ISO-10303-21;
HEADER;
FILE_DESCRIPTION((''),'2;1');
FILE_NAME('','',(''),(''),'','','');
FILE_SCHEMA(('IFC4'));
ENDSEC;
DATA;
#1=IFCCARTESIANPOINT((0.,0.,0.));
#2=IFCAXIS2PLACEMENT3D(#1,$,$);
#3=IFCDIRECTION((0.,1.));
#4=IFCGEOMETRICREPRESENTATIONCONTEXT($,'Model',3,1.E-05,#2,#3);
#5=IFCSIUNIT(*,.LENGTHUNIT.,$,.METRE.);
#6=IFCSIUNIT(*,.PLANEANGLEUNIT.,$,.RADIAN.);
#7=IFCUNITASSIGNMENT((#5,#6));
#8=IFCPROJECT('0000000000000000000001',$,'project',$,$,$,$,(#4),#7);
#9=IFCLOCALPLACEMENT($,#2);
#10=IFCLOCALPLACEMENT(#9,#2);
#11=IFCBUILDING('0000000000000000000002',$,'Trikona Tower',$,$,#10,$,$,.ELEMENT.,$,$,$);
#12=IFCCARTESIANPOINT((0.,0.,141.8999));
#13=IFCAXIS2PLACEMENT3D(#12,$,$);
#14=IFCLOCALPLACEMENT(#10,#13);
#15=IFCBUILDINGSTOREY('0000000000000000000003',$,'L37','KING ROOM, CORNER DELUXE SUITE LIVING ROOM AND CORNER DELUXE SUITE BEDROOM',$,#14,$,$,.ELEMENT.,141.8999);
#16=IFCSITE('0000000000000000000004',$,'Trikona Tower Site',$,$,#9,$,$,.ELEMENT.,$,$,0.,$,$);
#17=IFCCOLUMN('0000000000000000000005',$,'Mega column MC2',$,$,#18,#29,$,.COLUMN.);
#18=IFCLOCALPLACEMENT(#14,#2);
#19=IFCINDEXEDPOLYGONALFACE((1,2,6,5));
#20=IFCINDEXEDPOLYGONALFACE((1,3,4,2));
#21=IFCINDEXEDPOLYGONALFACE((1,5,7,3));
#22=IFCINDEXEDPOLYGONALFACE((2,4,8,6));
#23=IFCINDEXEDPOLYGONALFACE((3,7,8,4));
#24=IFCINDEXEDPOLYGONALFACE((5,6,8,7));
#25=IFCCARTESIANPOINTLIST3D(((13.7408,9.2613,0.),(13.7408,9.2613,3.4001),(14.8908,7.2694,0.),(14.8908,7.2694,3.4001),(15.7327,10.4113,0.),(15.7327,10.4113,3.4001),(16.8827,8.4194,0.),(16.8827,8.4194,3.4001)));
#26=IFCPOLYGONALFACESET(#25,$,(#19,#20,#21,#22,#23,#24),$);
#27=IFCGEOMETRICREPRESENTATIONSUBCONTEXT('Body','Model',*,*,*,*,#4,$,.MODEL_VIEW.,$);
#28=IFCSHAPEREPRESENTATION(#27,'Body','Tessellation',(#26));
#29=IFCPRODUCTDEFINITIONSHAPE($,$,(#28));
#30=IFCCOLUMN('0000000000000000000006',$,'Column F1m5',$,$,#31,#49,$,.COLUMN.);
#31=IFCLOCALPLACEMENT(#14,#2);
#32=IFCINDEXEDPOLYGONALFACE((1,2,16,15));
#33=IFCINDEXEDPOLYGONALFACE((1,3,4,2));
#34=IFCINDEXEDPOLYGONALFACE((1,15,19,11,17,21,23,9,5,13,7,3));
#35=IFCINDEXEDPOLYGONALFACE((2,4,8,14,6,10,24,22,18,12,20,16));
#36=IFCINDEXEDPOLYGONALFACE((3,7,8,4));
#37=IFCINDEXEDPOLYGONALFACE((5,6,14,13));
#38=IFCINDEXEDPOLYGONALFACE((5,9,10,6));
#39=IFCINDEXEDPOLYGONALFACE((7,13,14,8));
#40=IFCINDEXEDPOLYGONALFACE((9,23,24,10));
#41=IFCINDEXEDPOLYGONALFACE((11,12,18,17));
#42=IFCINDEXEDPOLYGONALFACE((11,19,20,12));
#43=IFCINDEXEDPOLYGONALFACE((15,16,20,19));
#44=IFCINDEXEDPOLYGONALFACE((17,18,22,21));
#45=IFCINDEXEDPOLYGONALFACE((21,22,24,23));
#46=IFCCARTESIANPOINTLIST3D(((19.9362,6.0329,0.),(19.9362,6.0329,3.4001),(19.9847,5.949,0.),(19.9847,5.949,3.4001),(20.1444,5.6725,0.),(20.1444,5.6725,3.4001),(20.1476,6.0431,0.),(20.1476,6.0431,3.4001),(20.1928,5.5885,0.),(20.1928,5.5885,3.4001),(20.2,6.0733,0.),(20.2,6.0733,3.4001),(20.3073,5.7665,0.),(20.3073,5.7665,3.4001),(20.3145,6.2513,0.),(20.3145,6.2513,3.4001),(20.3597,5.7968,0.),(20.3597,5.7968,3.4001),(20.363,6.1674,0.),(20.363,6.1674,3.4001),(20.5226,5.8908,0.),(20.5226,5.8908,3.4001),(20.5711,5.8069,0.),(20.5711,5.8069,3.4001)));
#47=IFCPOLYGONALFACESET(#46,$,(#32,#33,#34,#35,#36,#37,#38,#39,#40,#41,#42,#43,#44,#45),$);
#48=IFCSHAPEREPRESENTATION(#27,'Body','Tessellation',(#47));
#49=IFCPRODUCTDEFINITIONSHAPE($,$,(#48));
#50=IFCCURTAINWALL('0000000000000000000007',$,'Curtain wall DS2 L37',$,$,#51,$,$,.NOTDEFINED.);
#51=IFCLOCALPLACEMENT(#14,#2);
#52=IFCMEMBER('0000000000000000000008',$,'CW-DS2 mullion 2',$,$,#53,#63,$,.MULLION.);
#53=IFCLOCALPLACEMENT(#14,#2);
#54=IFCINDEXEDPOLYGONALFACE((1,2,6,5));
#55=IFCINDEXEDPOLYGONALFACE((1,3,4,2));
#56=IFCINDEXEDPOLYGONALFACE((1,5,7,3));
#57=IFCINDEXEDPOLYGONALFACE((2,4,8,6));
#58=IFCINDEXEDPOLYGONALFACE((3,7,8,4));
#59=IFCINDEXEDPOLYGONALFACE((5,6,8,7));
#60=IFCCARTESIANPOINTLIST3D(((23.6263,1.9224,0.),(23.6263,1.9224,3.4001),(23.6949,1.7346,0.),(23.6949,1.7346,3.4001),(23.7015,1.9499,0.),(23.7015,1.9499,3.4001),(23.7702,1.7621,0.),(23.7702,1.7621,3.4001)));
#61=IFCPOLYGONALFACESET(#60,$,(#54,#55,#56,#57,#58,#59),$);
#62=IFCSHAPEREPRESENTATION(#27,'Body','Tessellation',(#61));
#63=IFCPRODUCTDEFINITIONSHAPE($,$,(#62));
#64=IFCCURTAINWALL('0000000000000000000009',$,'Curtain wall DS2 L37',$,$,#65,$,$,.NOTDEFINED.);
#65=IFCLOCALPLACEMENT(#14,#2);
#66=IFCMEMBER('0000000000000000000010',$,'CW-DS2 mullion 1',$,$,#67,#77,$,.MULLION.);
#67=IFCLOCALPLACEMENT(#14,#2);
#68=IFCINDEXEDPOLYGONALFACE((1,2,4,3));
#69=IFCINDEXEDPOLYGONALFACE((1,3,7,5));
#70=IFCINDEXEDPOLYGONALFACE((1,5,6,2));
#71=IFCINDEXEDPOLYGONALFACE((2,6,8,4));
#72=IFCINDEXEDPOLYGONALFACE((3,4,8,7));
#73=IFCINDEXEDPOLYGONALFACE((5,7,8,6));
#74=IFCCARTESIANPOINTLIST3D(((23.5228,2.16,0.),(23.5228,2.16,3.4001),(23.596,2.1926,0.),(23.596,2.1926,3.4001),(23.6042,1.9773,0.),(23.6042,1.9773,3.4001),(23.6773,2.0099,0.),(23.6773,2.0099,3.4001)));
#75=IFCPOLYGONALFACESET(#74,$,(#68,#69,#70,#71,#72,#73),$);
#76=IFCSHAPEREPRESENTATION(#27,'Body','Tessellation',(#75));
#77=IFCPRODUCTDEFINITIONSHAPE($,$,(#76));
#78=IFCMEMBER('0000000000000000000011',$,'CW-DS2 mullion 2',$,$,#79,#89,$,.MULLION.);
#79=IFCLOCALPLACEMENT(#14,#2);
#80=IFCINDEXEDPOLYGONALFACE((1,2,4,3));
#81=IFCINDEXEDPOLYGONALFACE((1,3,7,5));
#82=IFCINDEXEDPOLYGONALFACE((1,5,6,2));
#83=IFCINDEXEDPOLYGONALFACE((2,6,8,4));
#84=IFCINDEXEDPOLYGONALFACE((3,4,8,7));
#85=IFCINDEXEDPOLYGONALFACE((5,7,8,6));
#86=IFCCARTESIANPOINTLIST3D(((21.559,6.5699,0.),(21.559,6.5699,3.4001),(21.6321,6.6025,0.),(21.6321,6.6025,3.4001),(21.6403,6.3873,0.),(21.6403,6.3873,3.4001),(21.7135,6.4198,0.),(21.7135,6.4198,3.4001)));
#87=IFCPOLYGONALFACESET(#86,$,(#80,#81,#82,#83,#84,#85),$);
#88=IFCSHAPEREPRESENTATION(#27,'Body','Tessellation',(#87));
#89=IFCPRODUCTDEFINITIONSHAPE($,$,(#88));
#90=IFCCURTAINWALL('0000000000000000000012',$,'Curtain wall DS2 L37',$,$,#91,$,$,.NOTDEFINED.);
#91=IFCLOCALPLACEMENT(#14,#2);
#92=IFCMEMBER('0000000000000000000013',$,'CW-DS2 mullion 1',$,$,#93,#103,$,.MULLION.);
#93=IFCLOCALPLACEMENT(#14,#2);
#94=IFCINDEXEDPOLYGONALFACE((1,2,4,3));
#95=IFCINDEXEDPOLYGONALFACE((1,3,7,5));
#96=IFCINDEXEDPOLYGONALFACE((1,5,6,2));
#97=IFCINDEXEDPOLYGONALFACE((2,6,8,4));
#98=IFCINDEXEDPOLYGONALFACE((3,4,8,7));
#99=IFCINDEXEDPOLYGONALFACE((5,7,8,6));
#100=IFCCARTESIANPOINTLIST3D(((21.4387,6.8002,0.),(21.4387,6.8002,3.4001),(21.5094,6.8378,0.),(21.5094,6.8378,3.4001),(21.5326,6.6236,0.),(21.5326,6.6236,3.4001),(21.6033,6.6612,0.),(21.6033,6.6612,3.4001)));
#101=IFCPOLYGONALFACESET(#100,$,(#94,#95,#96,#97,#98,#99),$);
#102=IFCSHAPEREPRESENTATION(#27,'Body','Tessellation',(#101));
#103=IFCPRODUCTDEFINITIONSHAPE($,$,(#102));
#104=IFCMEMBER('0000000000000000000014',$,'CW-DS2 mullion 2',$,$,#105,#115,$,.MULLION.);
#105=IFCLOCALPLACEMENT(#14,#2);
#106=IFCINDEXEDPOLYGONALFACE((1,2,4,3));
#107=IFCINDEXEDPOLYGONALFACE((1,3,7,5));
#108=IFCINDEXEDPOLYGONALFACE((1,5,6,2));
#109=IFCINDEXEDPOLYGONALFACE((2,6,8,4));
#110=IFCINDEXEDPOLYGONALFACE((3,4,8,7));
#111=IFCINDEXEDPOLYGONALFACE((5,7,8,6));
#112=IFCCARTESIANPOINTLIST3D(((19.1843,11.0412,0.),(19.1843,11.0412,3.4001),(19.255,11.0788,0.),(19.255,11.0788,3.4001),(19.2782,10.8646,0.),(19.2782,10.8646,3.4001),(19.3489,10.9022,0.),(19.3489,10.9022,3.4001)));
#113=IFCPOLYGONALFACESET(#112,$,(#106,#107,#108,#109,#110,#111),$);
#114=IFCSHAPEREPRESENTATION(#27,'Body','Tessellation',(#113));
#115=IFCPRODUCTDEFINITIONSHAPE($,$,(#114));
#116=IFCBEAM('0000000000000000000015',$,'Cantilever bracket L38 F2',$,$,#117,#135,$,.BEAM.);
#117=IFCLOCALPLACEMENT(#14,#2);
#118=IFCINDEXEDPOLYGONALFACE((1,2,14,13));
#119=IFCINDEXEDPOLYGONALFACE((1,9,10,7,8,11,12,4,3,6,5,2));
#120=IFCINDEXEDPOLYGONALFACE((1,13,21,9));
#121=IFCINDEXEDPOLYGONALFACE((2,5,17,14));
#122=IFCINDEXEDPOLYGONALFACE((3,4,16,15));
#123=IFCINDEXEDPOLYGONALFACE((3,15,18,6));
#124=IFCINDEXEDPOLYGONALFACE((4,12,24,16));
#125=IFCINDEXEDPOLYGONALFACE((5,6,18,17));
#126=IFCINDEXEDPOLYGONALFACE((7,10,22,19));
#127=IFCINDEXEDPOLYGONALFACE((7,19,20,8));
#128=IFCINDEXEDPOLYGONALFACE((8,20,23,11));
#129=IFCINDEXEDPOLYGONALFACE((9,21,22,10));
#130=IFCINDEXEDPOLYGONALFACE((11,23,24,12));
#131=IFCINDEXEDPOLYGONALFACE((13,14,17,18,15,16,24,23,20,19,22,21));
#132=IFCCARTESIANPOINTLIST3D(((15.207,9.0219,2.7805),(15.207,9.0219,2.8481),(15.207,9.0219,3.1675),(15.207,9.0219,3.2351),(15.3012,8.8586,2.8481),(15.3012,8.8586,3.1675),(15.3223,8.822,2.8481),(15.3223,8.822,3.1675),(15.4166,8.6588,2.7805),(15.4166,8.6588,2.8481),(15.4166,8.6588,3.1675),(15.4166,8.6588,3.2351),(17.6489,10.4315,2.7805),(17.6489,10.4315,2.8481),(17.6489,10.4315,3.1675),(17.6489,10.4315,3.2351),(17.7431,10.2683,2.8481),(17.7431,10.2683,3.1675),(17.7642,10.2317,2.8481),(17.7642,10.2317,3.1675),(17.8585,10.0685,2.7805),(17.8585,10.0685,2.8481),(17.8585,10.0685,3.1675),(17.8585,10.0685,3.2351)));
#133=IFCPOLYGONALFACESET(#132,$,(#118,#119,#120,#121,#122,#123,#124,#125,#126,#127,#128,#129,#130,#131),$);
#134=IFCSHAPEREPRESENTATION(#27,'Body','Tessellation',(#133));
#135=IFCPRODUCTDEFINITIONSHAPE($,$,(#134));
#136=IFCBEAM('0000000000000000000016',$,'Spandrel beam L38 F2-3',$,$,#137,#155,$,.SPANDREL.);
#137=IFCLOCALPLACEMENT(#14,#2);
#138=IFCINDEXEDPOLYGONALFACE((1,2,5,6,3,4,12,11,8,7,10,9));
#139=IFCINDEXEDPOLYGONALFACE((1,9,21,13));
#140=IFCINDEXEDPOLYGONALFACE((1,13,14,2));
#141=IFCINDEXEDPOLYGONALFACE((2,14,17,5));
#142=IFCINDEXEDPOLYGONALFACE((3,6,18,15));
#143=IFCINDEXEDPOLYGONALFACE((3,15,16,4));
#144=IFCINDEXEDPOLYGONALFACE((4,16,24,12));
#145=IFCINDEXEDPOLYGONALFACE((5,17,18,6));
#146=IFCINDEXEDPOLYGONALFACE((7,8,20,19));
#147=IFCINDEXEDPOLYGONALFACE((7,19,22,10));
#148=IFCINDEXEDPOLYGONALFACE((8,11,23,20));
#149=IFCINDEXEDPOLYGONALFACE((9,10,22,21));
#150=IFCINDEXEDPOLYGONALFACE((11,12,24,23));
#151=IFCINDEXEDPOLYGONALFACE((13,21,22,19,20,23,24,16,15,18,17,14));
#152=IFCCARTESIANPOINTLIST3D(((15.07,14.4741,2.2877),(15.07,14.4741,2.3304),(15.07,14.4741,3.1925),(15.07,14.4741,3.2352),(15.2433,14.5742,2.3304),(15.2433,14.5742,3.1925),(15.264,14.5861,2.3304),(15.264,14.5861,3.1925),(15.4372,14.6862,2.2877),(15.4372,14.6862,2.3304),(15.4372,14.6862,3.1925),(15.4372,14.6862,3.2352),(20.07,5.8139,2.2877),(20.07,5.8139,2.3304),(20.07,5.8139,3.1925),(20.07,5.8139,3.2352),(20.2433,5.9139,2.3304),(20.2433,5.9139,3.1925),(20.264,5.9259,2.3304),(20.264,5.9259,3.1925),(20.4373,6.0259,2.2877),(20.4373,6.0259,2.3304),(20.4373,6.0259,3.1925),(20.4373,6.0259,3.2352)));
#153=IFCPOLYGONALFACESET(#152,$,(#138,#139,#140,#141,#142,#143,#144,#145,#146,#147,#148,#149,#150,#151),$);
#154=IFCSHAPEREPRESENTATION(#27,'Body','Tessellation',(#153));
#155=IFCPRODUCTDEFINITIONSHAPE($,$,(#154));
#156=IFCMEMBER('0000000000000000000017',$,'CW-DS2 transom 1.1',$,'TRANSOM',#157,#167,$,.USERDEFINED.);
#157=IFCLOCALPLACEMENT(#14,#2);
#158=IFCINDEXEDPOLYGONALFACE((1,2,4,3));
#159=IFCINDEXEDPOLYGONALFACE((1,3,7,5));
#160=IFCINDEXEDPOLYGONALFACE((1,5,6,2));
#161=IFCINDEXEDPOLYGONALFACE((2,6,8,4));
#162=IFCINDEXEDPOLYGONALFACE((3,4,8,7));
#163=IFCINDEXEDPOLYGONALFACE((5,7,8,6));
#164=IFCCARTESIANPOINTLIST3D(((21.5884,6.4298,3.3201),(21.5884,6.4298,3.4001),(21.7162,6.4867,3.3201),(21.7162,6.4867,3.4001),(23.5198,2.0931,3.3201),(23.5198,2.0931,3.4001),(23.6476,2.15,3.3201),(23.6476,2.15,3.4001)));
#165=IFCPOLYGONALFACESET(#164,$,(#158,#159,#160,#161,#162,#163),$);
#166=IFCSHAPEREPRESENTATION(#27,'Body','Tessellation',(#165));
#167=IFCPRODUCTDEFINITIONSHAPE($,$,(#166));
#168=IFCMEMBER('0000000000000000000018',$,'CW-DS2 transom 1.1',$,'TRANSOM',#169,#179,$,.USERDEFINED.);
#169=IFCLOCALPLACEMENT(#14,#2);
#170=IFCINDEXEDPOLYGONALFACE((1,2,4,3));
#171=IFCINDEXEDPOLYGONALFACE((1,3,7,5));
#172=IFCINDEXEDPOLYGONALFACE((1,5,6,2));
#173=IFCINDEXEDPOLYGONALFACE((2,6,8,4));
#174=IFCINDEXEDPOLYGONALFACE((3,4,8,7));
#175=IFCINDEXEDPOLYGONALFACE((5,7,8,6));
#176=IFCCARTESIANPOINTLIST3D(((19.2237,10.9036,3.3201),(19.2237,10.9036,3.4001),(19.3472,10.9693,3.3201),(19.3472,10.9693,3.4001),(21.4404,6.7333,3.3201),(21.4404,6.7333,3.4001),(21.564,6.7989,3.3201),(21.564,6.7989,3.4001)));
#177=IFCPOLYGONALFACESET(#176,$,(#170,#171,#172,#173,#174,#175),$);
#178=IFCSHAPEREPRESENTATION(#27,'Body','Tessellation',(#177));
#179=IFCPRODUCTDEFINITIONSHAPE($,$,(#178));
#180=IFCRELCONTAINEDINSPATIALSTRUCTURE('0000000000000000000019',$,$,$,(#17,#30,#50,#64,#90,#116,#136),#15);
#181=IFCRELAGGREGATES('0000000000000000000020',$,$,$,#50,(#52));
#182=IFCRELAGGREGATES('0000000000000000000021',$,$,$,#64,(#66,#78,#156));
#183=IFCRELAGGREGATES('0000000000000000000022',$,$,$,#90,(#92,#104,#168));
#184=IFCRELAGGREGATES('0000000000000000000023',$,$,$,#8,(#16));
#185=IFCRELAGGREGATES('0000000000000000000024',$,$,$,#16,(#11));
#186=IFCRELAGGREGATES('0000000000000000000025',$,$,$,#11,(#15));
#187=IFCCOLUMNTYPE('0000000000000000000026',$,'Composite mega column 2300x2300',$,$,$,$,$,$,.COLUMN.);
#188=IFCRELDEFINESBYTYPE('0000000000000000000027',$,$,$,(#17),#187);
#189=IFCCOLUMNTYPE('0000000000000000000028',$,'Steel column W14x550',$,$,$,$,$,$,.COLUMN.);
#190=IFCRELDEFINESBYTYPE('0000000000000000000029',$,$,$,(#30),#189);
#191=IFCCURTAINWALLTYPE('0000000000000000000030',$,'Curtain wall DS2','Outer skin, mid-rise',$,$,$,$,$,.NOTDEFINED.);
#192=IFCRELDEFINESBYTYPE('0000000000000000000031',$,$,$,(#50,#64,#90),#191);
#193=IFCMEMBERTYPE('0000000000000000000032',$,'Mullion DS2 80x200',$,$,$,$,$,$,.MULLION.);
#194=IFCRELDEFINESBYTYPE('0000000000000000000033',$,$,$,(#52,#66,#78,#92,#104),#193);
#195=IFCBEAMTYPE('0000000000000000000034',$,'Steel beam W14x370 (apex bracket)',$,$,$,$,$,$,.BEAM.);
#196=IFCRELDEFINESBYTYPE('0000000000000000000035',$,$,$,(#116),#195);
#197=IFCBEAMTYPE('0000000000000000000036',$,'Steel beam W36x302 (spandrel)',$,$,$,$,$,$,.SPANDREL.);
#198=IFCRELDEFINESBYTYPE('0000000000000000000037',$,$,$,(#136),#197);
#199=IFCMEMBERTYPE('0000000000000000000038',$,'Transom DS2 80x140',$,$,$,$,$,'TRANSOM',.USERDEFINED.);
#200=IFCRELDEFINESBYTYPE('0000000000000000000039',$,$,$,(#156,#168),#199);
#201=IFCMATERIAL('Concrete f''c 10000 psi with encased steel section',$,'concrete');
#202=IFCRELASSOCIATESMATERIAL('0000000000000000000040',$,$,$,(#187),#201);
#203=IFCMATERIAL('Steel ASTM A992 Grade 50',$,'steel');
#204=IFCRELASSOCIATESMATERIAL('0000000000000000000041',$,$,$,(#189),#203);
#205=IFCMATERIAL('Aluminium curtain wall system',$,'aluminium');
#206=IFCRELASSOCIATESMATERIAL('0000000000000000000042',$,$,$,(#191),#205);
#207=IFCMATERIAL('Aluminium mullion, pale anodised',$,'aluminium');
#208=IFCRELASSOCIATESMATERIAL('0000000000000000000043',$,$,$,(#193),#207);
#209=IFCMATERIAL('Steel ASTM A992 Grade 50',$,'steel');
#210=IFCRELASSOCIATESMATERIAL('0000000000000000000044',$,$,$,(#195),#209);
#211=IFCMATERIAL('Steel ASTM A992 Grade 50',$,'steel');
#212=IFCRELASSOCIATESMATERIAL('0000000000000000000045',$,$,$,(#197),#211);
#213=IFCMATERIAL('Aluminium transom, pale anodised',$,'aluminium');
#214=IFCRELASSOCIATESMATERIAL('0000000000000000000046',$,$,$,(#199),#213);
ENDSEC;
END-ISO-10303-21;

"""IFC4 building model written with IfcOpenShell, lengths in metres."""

from ifc_helpers import new_model, si_unit, direction, frame, origin, origin_2d, place, context, subcontext, project, spatial, rectangle, i_section, extrude, material, material_profile, profile_set, type_object, element, aggregate, save


model = new_model("IFC4")

# Units and contexts
model_context = context("Model", 3, precision=1e-05, world=origin(), true_north=direction((0.0, 1.0)))
body_context = subcontext(model_context, "Body", "Model", "MODEL_VIEW")
ifc_project = project(units=[si_unit("LENGTHUNIT", "METRE"), si_unit("PLANEANGLEUNIT", "RADIAN")], contexts=[model_context])

# Site, building, storey
site_placement = place(None, origin())
site = spatial("IfcSite", under=ifc_project, at=site_placement, Name="Trikona Tower Site", CompositionType="ELEMENT", RefElevation=0.0)
building_placement = place(site_placement, origin())
building = spatial("IfcBuilding", under=site, at=building_placement, Name="Trikona Tower", CompositionType="ELEMENT")
storey_placement = place(building_placement, frame((0.0, 0.0, 141.8999)))
storey = spatial("IfcBuildingStorey", under=building, at=storey_placement, Name="L37", Description="KING ROOM, CORNER DELUXE SUITE LIVING ROOM AND CORNER DELUXE SUITE BEDROOM", CompositionType="ELEMENT", Elevation=141.8999)

# Columns
ifc_material_1 = material(Name="Concrete f'c 10000 psi with encased steel section", Category="concrete")
ifc_material_profile_1 = material_profile(ifc_material_1, rectangle(XDim=2.3, YDim=2.3, at=origin_2d()), Name="MC2300")
ifc_profile_set_1 = profile_set([ifc_material_profile_1], Name="Concrete f'c 10000 psi with encased steel section")
column_type_1 = type_object("IfcColumnType", Name="Composite mega column 2300x2300", PredefinedType="COLUMN", material=ifc_profile_set_1)
column_1_placement = place(storey_placement, frame((15.3118, 8.8403, 0.0), z_axis=(0.0, 0.0, 1.0), x_axis=(0.866025, 0.5, 0.0)))
element("IfcColumn", 1, at=column_1_placement, inside=storey, type_object=column_type_1, Name="Mega column MC2", PredefinedType="COLUMN", context=body_context, shape_type="SweptSolid", body=[
    extrude(rectangle(XDim=2.3, YDim=2.3, at=origin_2d()), origin(), (0.0, 0.0, 1.0), 3.4001),
])
ifc_material_2 = material(Name="Steel ASTM A992 Grade 50", Category="steel")
ifc_material_profile_2 = material_profile(ifc_material_2, i_section(OverallWidth=0.4368, OverallDepth=0.5132, WebThickness=0.0605, FlangeThickness=0.0969, at=origin_2d()), Name="W14X550")
ifc_profile_set_2 = profile_set([ifc_material_profile_2], Name="Steel ASTM A992 Grade 50")
column_type_2 = type_object("IfcColumnType", Name="Steel column W14x550", PredefinedType="COLUMN", material=ifc_profile_set_2)
column_2_placement = place(storey_placement, frame((20.2537, 5.9199, 0.0), z_axis=(0.0, 0.0, 1.0), x_axis=(0.866025, 0.5, 0.0)))
element("IfcColumn", 2, at=column_2_placement, inside=storey, type_object=column_type_2, Name="Column F1m5", PredefinedType="COLUMN", context=body_context, shape_type="SweptSolid", body=[
    extrude(i_section(OverallWidth=0.4368, OverallDepth=0.5132, WebThickness=0.0605, FlangeThickness=0.0969, at=origin_2d()), origin(), (0.0, 0.0, 1.0), 3.4001),
])

# Curtain wall, member
ifc_material_3 = material(Name="Aluminium curtain wall system", Category="aluminium")
curtain_wall_type = type_object("IfcCurtainWallType", Name="Curtain wall DS2", Description="Outer skin, mid-rise", PredefinedType="NOTDEFINED", material=ifc_material_3)
curtain_wall_1_placement = place(storey_placement, origin())
curtain_wall_1 = element("IfcCurtainWall", 3, at=curtain_wall_1_placement, inside=storey, type_object=curtain_wall_type, Name="Curtain wall DS2 L37", PredefinedType="NOTDEFINED")
ifc_material_4 = material(Name="Aluminium mullion, pale anodised", Category="aluminium")
ifc_material_profile_3 = material_profile(ifc_material_4, rectangle(XDim=0.0801, YDim=0.2, at=origin_2d()), Name="MUL-DS2")
ifc_profile_set_3 = profile_set([ifc_material_profile_3], Name="Aluminium mullion, pale anodised")
member_type_1 = type_object("IfcMemberType", Name="Mullion DS2 80x200", PredefinedType="MULLION", material=ifc_profile_set_3)
member_1_placement = place(storey_placement, frame((23.6982, 1.8423, 0.0), z_axis=(0.0, 0.0, 1.0), x_axis=(-0.939254, -0.343223, 0.0)))
member_1 = element("IfcMember", 4, at=member_1_placement, type_object=member_type_1, Name="CW-DS2 mullion 2", PredefinedType="MULLION", context=body_context, shape_type="SweptSolid", body=[
    extrude(rectangle(XDim=0.0801, YDim=0.2, at=origin_2d()), origin(), (0.0, 0.0, 1.0), 3.4001),
])
aggregate(curtain_wall_1, [member_1])

# Curtain walls, members
curtain_wall_2_placement = place(storey_placement, origin())
curtain_wall_2 = element("IfcCurtainWall", 5, at=curtain_wall_2_placement, inside=storey, type_object=curtain_wall_type, Name="Curtain wall DS2 L37", PredefinedType="NOTDEFINED")
member_2_placement = place(storey_placement, frame((23.6001, 2.085, 0.0), z_axis=(0.0, 0.0, 1.0), x_axis=(-0.913501, -0.406836, 0.0)))
member_2 = element("IfcMember", 6, at=member_2_placement, type_object=member_type_1, Name="CW-DS2 mullion 1", PredefinedType="MULLION", context=body_context, shape_type="SweptSolid", body=[
    extrude(rectangle(XDim=0.0801, YDim=0.2, at=origin_2d()), origin(), (0.0, 0.0, 1.0), 3.4001),
])
member_3_placement = place(storey_placement, frame((21.6362, 6.4949, 0.0), z_axis=(0.0, 0.0, 1.0), x_axis=(-0.913501, -0.406836, 0.0)))
member_3 = element("IfcMember", 7, at=member_3_placement, type_object=member_type_1, Name="CW-DS2 mullion 2", PredefinedType="MULLION", context=body_context, shape_type="SweptSolid", body=[
    extrude(rectangle(XDim=0.0801, YDim=0.2, at=origin_2d()), origin(), (0.0, 0.0, 1.0), 3.4001),
])
curtain_wall_3_placement = place(storey_placement, origin())
curtain_wall_3 = element("IfcCurtainWall", 8, at=curtain_wall_3_placement, inside=storey, type_object=curtain_wall_type, Name="Curtain wall DS2 L37", PredefinedType="NOTDEFINED")
member_4_placement = place(storey_placement, frame((21.521, 6.7307, 0.0), z_axis=(0.0, 0.0, 1.0), x_axis=(-0.882996, -0.46938, 0.0)))
member_4 = element("IfcMember", 9, at=member_4_placement, type_object=member_type_1, Name="CW-DS2 mullion 1", PredefinedType="MULLION", context=body_context, shape_type="SweptSolid", body=[
    extrude(rectangle(XDim=0.0801, YDim=0.2, at=origin_2d()), origin(), (0.0, 0.0, 1.0), 3.4001),
])
member_5_placement = place(storey_placement, frame((19.2666, 10.9717, 0.0), z_axis=(0.0, 0.0, 1.0), x_axis=(-0.882996, -0.46938, 0.0)))
member_5 = element("IfcMember", 10, at=member_5_placement, type_object=member_type_1, Name="CW-DS2 mullion 2", PredefinedType="MULLION", context=body_context, shape_type="SweptSolid", body=[
    extrude(rectangle(XDim=0.0801, YDim=0.2, at=origin_2d()), origin(), (0.0, 0.0, 1.0), 3.4001),
])

# Beams
ifc_material_5 = material(Name="Steel ASTM A992 Grade 50", Category="steel")
ifc_material_profile_4 = material_profile(ifc_material_5, i_section(OverallWidth=0.4192, OverallDepth=0.4546, WebThickness=0.0422, FlangeThickness=0.0676, at=origin_2d()), Name="W14X370")
ifc_profile_set_4 = profile_set([ifc_material_profile_4], Name="Steel ASTM A992 Grade 50")
beam_type_1 = type_object("IfcBeamType", Name="Steel beam W14x370 (apex bracket)", PredefinedType="BEAM", material=ifc_profile_set_4)
beam_1_placement = place(storey_placement, frame((15.3118, 8.8403, 3.0078), z_axis=(0.86605, 0.499957, 0.0), x_axis=(-0.499957, 0.86605, 0.0)))
element("IfcBeam", 11, at=beam_1_placement, inside=storey, type_object=beam_type_1, Name="Cantilever bracket L38 F2", PredefinedType="BEAM", context=body_context, shape_type="SweptSolid", body=[
    extrude(i_section(OverallWidth=0.4192, OverallDepth=0.4546, WebThickness=0.0422, FlangeThickness=0.0676, at=origin_2d()), origin(), (0.0, 0.0, 1.0), 2.8196),
])
ifc_material_6 = material(Name="Steel ASTM A992 Grade 50", Category="steel")
ifc_material_profile_5 = material_profile(ifc_material_6, i_section(OverallWidth=0.4241, OverallDepth=0.9475, WebThickness=0.0239, FlangeThickness=0.0427, at=origin_2d()), Name="W36X302")
ifc_profile_set_5 = profile_set([ifc_material_profile_5], Name="Steel ASTM A992 Grade 50")
beam_type_2 = type_object("IfcBeamType", Name="Steel beam W36x302 (spandrel)", PredefinedType="SPANDREL", material=ifc_profile_set_5)
beam_2_placement = place(storey_placement, frame((20.2537, 5.9199, 2.7615), z_axis=(-0.500004, 0.866023, 0.0), x_axis=(-0.866023, -0.500004, 0.0)))
element("IfcBeam", 12, at=beam_2_placement, inside=storey, type_object=beam_type_2, Name="Spandrel beam L38 F2-3", PredefinedType="SPANDREL", context=body_context, shape_type="SweptSolid", body=[
    extrude(i_section(OverallWidth=0.4241, OverallDepth=0.9475, WebThickness=0.0239, FlangeThickness=0.0427, at=origin_2d()), origin(), (0.0, 0.0, 1.0), 10.0),
])

# Members
ifc_material_7 = material(Name="Aluminium transom, pale anodised", Category="aluminium")
ifc_material_profile_6 = material_profile(ifc_material_7, rectangle(XDim=0.1399, YDim=0.0801, at=origin_2d()), Name="TRN-DS2")
ifc_profile_set_6 = profile_set([ifc_material_profile_6], Name="Aluminium transom, pale anodised")
member_type_2 = type_object("IfcMemberType", Name="Transom DS2 80x140", ElementType="TRANSOM", PredefinedType="USERDEFINED", material=ifc_profile_set_6)
member_6_placement = place(storey_placement, frame((23.5837, 2.1216, 3.3601), z_axis=(-0.40684, 0.9135, 0.0), x_axis=(-0.9135, -0.40684, 0.0)))
member_6 = element("IfcMember", 13, at=member_6_placement, type_object=member_type_2, Name="CW-DS2 transom 1.1", ObjectType="TRANSOM", PredefinedType="USERDEFINED", context=body_context, shape_type="SweptSolid", body=[
    extrude(rectangle(XDim=0.1399, YDim=0.0801, at=origin_2d()), origin(), (0.0, 0.0, 1.0), 4.7473),
])
member_7_placement = place(storey_placement, frame((21.5022, 6.7661, 3.3601), z_axis=(-0.469364, 0.883005, 0.0), x_axis=(-0.883005, -0.469364, 0.0)))
member_7 = element("IfcMember", 14, at=member_7_placement, type_object=member_type_2, Name="CW-DS2 transom 1.1", ObjectType="TRANSOM", PredefinedType="USERDEFINED", context=body_context, shape_type="SweptSolid", body=[
    extrude(rectangle(XDim=0.1399, YDim=0.0801, at=origin_2d()), origin(), (0.0, 0.0, 1.0), 4.7229),
])

aggregate(curtain_wall_2, [member_2, member_3, member_6])
aggregate(curtain_wall_3, [member_4, member_5, member_7])

save(model, "model.ifc")
